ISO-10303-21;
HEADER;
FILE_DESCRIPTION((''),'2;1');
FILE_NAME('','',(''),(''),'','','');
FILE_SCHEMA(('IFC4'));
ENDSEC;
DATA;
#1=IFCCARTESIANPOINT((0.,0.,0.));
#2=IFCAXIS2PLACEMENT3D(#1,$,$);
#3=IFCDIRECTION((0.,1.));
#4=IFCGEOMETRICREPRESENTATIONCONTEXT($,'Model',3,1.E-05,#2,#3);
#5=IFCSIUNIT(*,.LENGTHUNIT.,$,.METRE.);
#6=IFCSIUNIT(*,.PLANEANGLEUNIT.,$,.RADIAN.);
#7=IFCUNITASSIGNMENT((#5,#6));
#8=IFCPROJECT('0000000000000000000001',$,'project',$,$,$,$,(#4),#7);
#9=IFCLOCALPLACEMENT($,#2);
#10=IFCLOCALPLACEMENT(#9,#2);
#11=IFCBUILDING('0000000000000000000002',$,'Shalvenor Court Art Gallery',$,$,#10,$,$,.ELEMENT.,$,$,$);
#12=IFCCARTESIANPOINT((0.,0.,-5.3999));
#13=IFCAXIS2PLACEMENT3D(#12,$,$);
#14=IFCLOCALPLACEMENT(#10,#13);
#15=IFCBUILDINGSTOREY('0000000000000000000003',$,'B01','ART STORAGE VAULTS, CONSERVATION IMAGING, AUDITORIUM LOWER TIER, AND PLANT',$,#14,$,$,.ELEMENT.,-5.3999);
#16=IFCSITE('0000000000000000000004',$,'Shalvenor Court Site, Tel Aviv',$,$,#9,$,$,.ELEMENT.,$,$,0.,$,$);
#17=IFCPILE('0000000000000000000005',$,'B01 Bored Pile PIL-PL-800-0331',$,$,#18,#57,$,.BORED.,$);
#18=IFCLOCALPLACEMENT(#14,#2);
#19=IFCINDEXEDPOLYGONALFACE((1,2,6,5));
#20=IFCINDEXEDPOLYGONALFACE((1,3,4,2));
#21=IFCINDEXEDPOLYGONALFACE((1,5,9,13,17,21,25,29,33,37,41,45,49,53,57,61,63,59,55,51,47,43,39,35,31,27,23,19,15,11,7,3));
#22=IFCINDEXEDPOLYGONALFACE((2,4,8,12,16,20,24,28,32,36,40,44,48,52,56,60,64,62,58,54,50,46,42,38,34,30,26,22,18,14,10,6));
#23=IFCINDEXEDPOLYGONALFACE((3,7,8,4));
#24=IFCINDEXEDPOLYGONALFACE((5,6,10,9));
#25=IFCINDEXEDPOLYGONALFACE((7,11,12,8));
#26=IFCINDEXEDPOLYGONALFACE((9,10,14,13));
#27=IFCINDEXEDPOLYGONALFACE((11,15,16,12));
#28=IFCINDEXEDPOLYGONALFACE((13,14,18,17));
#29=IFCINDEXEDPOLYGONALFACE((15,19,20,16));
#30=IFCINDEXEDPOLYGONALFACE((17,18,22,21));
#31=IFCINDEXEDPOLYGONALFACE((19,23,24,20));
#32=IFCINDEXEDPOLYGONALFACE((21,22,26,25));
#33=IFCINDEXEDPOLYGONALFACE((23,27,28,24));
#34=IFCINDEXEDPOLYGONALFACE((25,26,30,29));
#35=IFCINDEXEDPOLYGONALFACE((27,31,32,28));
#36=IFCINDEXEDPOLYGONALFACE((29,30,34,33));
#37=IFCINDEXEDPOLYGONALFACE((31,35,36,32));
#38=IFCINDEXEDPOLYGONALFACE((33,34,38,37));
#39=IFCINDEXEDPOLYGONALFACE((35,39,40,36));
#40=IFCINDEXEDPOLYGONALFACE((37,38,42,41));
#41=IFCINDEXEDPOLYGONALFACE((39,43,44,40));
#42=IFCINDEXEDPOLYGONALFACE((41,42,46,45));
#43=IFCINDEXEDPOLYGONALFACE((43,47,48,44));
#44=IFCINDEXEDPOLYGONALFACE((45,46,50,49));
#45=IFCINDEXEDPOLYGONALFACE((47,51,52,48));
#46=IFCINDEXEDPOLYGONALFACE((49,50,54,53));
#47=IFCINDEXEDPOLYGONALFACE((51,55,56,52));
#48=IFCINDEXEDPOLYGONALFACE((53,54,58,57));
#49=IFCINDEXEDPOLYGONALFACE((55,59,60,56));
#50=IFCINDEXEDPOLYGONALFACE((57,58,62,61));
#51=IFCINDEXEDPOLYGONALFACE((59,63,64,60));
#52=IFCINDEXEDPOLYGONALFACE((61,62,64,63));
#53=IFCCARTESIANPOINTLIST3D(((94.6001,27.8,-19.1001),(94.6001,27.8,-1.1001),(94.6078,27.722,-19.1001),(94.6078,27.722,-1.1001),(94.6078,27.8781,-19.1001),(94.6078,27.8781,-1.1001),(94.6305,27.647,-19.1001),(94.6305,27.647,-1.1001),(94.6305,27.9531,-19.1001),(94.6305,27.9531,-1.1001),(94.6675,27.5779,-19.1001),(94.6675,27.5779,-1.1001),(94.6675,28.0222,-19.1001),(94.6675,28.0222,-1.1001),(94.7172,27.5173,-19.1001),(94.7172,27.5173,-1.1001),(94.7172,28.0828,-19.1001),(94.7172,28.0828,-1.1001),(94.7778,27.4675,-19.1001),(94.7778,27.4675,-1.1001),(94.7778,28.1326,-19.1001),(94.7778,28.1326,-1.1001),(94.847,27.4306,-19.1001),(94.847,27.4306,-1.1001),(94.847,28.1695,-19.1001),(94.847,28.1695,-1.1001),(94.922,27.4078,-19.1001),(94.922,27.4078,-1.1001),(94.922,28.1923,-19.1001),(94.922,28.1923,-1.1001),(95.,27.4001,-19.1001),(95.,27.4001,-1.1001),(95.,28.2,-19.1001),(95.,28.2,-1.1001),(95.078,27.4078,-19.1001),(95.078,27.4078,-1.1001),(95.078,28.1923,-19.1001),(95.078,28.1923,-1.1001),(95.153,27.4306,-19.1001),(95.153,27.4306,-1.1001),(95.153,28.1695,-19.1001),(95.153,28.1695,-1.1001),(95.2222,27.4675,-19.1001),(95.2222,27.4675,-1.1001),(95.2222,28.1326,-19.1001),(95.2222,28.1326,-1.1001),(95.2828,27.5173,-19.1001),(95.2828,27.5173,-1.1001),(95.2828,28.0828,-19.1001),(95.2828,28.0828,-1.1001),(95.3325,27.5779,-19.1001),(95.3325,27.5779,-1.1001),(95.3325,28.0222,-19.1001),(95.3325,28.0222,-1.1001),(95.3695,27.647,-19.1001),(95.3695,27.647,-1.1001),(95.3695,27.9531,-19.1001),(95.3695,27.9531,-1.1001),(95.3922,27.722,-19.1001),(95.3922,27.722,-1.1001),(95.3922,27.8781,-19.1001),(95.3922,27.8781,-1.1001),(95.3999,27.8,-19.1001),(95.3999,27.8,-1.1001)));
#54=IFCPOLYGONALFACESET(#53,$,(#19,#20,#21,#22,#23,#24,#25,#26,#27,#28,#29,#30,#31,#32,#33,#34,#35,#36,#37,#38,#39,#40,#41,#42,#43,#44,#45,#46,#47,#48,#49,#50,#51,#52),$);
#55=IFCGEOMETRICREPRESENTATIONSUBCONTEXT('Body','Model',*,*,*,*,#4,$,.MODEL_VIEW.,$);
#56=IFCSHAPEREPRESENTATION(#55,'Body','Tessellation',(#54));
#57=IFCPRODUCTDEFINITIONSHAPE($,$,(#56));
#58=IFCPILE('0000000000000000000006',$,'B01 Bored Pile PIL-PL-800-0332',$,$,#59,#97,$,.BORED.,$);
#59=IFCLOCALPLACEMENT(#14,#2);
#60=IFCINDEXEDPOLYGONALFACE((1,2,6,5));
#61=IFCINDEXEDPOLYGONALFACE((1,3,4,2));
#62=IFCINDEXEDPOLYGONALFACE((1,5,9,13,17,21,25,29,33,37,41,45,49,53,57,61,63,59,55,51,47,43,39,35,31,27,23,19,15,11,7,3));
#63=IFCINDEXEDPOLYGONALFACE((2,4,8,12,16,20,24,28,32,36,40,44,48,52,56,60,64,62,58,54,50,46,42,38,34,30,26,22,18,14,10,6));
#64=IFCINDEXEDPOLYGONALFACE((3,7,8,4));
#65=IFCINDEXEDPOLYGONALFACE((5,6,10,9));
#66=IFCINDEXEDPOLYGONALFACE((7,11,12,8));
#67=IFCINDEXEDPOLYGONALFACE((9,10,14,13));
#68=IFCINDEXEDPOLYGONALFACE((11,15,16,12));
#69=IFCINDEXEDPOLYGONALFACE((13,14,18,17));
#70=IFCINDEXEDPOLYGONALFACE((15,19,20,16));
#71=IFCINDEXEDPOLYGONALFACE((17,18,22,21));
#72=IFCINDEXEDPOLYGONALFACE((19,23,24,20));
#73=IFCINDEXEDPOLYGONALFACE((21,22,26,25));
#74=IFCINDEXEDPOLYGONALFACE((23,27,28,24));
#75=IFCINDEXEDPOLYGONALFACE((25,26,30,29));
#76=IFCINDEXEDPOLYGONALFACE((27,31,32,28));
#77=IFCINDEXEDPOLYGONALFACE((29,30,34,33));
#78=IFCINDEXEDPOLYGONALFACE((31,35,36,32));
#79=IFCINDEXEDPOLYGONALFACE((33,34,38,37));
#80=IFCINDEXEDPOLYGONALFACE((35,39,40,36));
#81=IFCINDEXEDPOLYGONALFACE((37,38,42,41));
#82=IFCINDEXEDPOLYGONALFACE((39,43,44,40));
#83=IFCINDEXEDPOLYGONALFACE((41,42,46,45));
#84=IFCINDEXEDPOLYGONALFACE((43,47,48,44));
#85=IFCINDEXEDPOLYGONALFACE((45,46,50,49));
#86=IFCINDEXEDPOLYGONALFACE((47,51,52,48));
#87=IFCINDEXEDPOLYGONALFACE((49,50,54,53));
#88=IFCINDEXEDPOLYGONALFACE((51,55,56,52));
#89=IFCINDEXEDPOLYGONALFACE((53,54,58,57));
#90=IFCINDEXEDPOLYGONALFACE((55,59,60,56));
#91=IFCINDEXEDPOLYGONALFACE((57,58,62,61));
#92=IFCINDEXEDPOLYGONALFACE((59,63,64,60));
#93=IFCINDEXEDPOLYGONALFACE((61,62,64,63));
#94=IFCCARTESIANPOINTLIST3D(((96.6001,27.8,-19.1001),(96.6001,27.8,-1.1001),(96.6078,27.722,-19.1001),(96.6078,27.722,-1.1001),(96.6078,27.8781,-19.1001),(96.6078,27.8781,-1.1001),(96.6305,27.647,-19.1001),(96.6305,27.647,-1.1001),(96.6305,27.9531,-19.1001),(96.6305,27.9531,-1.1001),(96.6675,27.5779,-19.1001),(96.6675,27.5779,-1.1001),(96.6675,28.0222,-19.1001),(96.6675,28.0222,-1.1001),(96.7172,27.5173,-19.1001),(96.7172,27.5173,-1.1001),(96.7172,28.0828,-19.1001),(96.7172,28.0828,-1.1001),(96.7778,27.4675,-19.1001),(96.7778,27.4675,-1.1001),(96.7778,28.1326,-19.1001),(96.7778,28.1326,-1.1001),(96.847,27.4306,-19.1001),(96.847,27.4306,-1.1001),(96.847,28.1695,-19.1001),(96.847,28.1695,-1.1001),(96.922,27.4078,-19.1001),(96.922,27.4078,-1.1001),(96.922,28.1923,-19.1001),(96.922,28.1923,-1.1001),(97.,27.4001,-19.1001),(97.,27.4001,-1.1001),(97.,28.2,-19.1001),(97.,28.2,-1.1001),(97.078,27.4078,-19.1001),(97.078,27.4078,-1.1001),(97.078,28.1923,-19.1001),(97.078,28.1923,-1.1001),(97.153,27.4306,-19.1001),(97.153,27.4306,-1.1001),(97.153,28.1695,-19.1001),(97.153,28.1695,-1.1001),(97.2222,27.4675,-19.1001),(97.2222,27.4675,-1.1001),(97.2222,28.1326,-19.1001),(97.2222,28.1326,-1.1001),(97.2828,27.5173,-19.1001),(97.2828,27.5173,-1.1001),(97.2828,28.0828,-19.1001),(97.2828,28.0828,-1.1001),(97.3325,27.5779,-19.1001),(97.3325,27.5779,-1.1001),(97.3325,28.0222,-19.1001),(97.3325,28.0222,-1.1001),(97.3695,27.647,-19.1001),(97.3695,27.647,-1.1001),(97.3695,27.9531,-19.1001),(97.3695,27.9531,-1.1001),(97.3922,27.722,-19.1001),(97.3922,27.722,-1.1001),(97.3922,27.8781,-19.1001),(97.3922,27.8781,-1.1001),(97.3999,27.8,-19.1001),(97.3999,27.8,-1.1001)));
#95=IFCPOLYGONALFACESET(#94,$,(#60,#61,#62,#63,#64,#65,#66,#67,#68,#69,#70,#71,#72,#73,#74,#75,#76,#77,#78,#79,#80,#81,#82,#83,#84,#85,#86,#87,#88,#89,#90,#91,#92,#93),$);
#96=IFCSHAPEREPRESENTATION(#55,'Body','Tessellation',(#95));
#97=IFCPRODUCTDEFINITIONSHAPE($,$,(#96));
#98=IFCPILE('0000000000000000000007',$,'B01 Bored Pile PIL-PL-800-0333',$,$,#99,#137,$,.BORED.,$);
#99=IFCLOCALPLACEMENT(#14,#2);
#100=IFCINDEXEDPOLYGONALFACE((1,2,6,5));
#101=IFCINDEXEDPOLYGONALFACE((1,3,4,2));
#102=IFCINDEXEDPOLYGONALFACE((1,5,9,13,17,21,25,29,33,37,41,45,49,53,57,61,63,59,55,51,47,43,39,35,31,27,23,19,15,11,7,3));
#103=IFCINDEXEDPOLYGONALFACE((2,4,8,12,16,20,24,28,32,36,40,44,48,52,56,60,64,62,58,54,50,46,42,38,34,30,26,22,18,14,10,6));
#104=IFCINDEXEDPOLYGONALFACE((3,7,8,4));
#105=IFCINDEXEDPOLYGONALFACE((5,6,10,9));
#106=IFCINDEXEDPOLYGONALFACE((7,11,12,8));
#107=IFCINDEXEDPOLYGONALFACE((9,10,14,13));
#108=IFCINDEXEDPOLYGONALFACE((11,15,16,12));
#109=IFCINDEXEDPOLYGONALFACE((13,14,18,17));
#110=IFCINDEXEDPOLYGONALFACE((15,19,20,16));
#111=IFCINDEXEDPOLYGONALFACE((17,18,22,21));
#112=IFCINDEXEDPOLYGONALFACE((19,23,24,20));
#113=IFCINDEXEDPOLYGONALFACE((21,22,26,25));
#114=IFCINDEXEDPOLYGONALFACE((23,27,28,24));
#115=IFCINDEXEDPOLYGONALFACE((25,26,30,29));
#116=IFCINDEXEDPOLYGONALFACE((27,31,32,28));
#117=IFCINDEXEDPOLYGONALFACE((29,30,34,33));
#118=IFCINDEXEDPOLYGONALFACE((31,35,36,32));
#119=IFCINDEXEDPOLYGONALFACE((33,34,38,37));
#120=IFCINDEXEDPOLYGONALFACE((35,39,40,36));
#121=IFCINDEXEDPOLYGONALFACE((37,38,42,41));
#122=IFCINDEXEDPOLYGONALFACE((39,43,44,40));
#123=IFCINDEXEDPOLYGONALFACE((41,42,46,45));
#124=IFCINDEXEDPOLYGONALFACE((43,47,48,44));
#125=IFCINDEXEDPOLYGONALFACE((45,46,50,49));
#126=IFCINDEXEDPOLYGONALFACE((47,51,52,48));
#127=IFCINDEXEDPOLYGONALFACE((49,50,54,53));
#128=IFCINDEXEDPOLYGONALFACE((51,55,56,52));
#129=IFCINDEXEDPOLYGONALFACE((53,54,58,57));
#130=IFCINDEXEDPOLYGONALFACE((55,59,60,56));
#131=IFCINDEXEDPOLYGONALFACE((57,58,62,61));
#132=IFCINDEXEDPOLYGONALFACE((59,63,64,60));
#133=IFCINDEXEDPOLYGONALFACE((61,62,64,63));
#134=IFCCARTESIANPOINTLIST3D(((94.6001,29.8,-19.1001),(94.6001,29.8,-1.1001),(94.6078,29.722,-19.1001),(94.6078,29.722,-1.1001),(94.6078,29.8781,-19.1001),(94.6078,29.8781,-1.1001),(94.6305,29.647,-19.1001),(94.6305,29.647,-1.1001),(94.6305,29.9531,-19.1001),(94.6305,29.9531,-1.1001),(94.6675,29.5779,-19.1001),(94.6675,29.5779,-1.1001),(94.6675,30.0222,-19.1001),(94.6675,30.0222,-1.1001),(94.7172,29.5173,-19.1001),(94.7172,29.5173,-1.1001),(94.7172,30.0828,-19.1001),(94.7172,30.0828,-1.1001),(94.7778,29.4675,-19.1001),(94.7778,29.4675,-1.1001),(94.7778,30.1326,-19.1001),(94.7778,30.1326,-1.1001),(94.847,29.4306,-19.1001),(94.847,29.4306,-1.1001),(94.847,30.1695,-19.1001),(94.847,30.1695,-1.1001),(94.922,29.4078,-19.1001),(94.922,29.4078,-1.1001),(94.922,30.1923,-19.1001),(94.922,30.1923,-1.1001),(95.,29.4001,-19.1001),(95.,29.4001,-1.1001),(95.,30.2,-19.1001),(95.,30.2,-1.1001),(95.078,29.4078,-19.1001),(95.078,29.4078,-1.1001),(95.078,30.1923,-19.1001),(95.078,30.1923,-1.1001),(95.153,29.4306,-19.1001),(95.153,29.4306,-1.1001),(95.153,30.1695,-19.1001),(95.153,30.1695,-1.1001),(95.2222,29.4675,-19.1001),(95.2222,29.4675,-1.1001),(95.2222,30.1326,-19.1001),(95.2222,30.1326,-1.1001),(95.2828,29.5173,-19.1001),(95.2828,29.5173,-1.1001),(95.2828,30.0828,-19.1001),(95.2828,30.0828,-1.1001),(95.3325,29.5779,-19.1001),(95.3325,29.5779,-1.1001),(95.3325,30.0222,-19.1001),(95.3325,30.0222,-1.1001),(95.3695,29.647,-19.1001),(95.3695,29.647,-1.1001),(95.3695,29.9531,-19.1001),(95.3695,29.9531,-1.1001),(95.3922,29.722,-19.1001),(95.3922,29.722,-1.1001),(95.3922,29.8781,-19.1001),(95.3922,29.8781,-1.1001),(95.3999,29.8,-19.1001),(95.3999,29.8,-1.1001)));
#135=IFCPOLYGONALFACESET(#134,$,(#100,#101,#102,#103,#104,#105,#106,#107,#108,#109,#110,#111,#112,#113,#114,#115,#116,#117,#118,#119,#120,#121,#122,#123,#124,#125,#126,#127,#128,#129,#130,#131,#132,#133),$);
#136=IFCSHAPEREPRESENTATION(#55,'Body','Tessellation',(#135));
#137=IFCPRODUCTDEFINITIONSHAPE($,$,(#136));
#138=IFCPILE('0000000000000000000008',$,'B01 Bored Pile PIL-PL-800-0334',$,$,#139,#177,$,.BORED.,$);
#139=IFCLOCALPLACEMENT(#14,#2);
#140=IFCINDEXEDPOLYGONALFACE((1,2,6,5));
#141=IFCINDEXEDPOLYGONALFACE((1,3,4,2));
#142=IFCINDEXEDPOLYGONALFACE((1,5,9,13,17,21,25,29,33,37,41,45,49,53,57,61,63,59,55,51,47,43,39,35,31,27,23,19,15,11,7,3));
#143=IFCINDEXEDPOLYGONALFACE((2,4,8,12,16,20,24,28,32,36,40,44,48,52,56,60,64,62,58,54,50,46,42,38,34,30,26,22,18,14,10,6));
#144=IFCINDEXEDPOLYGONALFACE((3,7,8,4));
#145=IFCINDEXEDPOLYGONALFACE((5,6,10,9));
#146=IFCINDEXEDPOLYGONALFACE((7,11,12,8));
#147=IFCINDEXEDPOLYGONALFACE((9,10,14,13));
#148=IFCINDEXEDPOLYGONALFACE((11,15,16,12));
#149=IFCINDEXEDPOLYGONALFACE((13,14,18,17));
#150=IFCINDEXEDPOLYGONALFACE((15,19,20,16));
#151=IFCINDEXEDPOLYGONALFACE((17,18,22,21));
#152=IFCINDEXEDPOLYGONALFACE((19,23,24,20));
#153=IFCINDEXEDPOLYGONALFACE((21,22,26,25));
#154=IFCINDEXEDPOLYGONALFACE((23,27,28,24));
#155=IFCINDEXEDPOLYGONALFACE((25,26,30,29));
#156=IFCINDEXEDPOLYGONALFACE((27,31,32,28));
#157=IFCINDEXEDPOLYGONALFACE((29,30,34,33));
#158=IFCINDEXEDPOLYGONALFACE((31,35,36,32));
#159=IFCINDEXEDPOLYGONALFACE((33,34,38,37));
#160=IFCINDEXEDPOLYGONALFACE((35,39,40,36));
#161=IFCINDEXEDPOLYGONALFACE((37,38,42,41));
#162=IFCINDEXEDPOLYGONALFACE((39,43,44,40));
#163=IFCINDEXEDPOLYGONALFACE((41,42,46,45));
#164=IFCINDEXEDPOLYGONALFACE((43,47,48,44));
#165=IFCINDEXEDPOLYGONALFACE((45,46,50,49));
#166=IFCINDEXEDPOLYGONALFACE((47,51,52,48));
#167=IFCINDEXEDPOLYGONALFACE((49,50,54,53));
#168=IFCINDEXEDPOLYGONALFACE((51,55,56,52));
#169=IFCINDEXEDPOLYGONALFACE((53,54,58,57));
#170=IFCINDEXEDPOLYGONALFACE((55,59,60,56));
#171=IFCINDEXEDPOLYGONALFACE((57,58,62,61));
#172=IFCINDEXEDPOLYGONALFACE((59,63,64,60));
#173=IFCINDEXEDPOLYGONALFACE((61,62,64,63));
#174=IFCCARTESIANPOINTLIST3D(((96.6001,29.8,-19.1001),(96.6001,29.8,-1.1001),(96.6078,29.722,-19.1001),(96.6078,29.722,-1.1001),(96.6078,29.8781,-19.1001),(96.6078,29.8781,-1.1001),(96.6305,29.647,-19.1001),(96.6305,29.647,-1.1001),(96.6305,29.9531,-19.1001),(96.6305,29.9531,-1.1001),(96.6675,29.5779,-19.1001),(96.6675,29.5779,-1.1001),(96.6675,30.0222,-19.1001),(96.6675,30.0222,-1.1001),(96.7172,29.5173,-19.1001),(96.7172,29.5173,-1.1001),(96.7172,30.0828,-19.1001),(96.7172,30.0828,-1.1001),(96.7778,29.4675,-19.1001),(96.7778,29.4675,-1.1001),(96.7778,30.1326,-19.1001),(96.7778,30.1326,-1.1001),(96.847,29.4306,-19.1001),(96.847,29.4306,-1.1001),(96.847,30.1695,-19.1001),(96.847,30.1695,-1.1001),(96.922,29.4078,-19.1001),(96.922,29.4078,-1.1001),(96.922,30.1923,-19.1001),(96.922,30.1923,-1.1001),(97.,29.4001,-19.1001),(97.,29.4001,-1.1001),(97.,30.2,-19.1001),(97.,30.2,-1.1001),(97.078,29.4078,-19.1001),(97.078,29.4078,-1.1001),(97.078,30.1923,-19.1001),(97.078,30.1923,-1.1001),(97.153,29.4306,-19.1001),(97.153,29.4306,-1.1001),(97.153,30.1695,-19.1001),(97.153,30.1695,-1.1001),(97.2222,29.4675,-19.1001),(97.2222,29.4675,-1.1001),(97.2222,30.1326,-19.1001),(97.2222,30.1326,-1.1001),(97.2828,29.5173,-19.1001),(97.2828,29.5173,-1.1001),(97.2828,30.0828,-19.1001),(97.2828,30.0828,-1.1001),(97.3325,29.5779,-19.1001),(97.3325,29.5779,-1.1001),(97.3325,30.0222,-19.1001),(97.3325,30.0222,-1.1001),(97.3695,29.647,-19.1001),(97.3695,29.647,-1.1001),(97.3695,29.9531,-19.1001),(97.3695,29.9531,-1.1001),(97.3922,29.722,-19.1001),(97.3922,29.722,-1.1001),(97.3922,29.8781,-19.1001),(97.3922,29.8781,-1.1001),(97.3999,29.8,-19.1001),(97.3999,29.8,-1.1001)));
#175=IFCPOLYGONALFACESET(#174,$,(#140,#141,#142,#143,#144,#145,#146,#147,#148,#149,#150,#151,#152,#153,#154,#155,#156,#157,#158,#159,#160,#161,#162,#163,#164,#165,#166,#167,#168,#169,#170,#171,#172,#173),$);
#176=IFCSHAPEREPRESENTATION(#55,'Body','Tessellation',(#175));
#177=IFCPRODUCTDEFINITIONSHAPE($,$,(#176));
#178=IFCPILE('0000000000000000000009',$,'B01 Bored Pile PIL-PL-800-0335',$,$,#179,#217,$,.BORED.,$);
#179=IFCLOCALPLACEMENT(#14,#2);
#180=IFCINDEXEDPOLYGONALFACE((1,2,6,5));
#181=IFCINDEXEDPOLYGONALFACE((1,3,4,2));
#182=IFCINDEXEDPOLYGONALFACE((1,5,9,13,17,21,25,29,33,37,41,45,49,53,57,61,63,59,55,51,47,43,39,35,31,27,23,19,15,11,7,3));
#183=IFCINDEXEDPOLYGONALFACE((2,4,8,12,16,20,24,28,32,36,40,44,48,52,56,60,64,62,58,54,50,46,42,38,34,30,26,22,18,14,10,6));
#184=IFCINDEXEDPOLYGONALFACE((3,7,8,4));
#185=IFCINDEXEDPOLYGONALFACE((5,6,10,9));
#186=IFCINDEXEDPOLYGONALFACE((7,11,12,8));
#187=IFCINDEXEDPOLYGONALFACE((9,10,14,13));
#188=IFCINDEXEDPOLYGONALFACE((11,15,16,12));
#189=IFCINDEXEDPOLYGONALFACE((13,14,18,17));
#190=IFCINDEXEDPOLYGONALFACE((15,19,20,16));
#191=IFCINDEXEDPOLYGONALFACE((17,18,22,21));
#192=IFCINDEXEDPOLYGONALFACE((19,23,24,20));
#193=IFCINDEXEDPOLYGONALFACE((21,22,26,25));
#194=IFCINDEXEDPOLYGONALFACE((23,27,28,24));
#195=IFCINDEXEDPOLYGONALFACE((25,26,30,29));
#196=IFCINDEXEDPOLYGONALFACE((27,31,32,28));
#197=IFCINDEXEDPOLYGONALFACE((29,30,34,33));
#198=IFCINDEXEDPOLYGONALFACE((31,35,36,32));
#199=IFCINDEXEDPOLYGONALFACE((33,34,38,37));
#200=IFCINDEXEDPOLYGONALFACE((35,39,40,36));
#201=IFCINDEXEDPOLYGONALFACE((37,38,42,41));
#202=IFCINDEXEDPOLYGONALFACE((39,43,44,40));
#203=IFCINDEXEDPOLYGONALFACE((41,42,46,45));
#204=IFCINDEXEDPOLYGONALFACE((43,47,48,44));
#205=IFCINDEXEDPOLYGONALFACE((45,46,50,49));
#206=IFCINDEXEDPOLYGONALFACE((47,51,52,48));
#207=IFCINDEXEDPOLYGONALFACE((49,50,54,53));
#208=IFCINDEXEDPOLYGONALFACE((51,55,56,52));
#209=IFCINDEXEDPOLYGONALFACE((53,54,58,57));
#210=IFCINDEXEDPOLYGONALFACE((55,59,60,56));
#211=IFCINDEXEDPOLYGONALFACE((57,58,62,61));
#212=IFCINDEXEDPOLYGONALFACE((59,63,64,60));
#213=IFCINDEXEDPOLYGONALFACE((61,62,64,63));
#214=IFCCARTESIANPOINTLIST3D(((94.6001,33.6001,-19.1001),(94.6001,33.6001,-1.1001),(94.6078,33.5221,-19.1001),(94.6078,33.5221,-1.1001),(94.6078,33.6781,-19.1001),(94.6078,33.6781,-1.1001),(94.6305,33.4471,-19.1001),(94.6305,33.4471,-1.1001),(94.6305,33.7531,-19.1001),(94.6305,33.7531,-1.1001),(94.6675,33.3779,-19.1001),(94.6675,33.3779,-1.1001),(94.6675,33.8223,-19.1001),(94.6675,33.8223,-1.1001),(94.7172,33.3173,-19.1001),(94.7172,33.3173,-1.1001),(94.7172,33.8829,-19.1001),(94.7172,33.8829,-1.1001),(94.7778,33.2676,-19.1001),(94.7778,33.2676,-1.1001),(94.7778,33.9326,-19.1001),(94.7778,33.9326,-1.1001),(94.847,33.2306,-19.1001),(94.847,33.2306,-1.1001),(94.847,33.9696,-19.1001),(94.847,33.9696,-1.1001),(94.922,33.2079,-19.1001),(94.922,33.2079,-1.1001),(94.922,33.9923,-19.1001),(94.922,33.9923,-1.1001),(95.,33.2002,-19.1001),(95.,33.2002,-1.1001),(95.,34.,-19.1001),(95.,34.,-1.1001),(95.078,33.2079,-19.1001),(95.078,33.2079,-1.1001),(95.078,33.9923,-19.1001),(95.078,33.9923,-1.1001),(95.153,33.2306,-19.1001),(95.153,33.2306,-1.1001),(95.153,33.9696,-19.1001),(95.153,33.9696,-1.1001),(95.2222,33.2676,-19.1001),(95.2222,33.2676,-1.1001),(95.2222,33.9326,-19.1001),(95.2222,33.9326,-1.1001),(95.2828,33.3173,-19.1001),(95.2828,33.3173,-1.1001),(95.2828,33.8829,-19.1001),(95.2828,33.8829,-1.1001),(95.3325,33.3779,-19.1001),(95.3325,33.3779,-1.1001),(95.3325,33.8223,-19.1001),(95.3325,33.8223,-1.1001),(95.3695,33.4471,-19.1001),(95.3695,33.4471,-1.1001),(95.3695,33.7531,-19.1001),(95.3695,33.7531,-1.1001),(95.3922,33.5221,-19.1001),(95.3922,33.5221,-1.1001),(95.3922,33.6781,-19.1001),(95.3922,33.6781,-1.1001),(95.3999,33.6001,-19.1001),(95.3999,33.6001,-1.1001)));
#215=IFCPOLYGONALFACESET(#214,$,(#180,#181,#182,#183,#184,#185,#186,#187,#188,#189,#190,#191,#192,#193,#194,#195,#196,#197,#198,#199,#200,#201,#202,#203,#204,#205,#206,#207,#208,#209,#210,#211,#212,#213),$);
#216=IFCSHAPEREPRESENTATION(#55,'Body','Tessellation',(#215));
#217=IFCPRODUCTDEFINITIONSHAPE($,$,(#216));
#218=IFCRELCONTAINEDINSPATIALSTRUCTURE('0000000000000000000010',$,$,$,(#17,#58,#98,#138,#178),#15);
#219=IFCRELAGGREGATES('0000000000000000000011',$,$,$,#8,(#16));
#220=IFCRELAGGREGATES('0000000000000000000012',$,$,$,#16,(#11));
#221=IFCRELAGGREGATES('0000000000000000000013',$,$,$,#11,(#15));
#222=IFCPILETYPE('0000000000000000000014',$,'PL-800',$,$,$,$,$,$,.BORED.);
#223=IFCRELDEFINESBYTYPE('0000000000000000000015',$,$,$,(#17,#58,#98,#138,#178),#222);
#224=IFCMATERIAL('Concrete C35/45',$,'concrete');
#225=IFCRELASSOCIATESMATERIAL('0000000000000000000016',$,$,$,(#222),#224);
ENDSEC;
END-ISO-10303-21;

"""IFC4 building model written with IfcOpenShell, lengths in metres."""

from ifc_helpers import new_model, si_unit, direction, frame, origin, origin_2d, place, context, subcontext, project, spatial, circle, extrude, material, material_profile, profile_set, type_object, element, save


model = new_model("IFC4")

# Units and contexts
model_context = context("Model", 3, precision=1e-05, world=origin(), true_north=direction((0.0, 1.0)))
body_context = subcontext(model_context, "Body", "Model", "MODEL_VIEW")
ifc_project = project(units=[si_unit("LENGTHUNIT", "METRE"), si_unit("PLANEANGLEUNIT", "RADIAN")], contexts=[model_context])

# Site, building, storey
site_placement = place(None, origin())
site = spatial("IfcSite", under=ifc_project, at=site_placement, Name="Shalvenor Court Site, Tel Aviv", CompositionType="ELEMENT", RefElevation=0.0)
building_placement = place(site_placement, origin())
building = spatial("IfcBuilding", under=site, at=building_placement, Name="Shalvenor Court Art Gallery", CompositionType="ELEMENT")
storey_placement = place(building_placement, frame((0.0, 0.0, -5.3999)))
storey = spatial("IfcBuildingStorey", under=building, at=storey_placement, Name="B01", Description="ART STORAGE VAULTS, CONSERVATION IMAGING, AUDITORIUM LOWER TIER, AND PLANT", CompositionType="ELEMENT", Elevation=-5.3999)

# Piles
ifc_material_1 = material(Name="Concrete C35/45", Category="concrete")
ifc_material_profile_1 = material_profile(ifc_material_1, circle(Radius=0.3999, at=origin_2d()), Name="PILE 800")
ifc_profile_set_1 = profile_set([ifc_material_profile_1], Name="Concrete C35/45")
pile_type = type_object("IfcPileType", Name="PL-800", PredefinedType="BORED", material=ifc_profile_set_1)
for number, where, z_axis, x_axis, name in (
    (1, (95.0, 27.8, -1.1001), (0.0, 0.0, -1.0), (1.0, 0.0, 0.0), "B01 Bored Pile PIL-PL-800-0331"),
    (2, (97.0, 27.8, -1.1001), (0.0, 0.0, -1.0), (1.0, 0.0, 0.0), "B01 Bored Pile PIL-PL-800-0332"),
    (3, (95.0, 29.8, -1.1001), (0.0, 0.0, -1.0), (1.0, 0.0, 0.0), "B01 Bored Pile PIL-PL-800-0333"),
    (4, (97.0, 29.8, -1.1001), (0.0, 0.0, -1.0), (1.0, 0.0, 0.0), "B01 Bored Pile PIL-PL-800-0334"),
    (5, (95.0, 33.6001, -1.1001), (0.0, 0.0, -1.0), (1.0, 0.0, 0.0), "B01 Bored Pile PIL-PL-800-0335"),
):
    element("IfcPile", number, at=place(storey_placement, frame(where, z_axis=z_axis, x_axis=x_axis)), inside=storey, type_object=pile_type, Name=name, PredefinedType="BORED", context=body_context, shape_type="SweptSolid", body=[
        extrude(circle(Radius=0.3999, at=origin_2d()), origin(), (0.0, 0.0, 1.0), 18.0),
    ])

save(model, "model.ifc")
